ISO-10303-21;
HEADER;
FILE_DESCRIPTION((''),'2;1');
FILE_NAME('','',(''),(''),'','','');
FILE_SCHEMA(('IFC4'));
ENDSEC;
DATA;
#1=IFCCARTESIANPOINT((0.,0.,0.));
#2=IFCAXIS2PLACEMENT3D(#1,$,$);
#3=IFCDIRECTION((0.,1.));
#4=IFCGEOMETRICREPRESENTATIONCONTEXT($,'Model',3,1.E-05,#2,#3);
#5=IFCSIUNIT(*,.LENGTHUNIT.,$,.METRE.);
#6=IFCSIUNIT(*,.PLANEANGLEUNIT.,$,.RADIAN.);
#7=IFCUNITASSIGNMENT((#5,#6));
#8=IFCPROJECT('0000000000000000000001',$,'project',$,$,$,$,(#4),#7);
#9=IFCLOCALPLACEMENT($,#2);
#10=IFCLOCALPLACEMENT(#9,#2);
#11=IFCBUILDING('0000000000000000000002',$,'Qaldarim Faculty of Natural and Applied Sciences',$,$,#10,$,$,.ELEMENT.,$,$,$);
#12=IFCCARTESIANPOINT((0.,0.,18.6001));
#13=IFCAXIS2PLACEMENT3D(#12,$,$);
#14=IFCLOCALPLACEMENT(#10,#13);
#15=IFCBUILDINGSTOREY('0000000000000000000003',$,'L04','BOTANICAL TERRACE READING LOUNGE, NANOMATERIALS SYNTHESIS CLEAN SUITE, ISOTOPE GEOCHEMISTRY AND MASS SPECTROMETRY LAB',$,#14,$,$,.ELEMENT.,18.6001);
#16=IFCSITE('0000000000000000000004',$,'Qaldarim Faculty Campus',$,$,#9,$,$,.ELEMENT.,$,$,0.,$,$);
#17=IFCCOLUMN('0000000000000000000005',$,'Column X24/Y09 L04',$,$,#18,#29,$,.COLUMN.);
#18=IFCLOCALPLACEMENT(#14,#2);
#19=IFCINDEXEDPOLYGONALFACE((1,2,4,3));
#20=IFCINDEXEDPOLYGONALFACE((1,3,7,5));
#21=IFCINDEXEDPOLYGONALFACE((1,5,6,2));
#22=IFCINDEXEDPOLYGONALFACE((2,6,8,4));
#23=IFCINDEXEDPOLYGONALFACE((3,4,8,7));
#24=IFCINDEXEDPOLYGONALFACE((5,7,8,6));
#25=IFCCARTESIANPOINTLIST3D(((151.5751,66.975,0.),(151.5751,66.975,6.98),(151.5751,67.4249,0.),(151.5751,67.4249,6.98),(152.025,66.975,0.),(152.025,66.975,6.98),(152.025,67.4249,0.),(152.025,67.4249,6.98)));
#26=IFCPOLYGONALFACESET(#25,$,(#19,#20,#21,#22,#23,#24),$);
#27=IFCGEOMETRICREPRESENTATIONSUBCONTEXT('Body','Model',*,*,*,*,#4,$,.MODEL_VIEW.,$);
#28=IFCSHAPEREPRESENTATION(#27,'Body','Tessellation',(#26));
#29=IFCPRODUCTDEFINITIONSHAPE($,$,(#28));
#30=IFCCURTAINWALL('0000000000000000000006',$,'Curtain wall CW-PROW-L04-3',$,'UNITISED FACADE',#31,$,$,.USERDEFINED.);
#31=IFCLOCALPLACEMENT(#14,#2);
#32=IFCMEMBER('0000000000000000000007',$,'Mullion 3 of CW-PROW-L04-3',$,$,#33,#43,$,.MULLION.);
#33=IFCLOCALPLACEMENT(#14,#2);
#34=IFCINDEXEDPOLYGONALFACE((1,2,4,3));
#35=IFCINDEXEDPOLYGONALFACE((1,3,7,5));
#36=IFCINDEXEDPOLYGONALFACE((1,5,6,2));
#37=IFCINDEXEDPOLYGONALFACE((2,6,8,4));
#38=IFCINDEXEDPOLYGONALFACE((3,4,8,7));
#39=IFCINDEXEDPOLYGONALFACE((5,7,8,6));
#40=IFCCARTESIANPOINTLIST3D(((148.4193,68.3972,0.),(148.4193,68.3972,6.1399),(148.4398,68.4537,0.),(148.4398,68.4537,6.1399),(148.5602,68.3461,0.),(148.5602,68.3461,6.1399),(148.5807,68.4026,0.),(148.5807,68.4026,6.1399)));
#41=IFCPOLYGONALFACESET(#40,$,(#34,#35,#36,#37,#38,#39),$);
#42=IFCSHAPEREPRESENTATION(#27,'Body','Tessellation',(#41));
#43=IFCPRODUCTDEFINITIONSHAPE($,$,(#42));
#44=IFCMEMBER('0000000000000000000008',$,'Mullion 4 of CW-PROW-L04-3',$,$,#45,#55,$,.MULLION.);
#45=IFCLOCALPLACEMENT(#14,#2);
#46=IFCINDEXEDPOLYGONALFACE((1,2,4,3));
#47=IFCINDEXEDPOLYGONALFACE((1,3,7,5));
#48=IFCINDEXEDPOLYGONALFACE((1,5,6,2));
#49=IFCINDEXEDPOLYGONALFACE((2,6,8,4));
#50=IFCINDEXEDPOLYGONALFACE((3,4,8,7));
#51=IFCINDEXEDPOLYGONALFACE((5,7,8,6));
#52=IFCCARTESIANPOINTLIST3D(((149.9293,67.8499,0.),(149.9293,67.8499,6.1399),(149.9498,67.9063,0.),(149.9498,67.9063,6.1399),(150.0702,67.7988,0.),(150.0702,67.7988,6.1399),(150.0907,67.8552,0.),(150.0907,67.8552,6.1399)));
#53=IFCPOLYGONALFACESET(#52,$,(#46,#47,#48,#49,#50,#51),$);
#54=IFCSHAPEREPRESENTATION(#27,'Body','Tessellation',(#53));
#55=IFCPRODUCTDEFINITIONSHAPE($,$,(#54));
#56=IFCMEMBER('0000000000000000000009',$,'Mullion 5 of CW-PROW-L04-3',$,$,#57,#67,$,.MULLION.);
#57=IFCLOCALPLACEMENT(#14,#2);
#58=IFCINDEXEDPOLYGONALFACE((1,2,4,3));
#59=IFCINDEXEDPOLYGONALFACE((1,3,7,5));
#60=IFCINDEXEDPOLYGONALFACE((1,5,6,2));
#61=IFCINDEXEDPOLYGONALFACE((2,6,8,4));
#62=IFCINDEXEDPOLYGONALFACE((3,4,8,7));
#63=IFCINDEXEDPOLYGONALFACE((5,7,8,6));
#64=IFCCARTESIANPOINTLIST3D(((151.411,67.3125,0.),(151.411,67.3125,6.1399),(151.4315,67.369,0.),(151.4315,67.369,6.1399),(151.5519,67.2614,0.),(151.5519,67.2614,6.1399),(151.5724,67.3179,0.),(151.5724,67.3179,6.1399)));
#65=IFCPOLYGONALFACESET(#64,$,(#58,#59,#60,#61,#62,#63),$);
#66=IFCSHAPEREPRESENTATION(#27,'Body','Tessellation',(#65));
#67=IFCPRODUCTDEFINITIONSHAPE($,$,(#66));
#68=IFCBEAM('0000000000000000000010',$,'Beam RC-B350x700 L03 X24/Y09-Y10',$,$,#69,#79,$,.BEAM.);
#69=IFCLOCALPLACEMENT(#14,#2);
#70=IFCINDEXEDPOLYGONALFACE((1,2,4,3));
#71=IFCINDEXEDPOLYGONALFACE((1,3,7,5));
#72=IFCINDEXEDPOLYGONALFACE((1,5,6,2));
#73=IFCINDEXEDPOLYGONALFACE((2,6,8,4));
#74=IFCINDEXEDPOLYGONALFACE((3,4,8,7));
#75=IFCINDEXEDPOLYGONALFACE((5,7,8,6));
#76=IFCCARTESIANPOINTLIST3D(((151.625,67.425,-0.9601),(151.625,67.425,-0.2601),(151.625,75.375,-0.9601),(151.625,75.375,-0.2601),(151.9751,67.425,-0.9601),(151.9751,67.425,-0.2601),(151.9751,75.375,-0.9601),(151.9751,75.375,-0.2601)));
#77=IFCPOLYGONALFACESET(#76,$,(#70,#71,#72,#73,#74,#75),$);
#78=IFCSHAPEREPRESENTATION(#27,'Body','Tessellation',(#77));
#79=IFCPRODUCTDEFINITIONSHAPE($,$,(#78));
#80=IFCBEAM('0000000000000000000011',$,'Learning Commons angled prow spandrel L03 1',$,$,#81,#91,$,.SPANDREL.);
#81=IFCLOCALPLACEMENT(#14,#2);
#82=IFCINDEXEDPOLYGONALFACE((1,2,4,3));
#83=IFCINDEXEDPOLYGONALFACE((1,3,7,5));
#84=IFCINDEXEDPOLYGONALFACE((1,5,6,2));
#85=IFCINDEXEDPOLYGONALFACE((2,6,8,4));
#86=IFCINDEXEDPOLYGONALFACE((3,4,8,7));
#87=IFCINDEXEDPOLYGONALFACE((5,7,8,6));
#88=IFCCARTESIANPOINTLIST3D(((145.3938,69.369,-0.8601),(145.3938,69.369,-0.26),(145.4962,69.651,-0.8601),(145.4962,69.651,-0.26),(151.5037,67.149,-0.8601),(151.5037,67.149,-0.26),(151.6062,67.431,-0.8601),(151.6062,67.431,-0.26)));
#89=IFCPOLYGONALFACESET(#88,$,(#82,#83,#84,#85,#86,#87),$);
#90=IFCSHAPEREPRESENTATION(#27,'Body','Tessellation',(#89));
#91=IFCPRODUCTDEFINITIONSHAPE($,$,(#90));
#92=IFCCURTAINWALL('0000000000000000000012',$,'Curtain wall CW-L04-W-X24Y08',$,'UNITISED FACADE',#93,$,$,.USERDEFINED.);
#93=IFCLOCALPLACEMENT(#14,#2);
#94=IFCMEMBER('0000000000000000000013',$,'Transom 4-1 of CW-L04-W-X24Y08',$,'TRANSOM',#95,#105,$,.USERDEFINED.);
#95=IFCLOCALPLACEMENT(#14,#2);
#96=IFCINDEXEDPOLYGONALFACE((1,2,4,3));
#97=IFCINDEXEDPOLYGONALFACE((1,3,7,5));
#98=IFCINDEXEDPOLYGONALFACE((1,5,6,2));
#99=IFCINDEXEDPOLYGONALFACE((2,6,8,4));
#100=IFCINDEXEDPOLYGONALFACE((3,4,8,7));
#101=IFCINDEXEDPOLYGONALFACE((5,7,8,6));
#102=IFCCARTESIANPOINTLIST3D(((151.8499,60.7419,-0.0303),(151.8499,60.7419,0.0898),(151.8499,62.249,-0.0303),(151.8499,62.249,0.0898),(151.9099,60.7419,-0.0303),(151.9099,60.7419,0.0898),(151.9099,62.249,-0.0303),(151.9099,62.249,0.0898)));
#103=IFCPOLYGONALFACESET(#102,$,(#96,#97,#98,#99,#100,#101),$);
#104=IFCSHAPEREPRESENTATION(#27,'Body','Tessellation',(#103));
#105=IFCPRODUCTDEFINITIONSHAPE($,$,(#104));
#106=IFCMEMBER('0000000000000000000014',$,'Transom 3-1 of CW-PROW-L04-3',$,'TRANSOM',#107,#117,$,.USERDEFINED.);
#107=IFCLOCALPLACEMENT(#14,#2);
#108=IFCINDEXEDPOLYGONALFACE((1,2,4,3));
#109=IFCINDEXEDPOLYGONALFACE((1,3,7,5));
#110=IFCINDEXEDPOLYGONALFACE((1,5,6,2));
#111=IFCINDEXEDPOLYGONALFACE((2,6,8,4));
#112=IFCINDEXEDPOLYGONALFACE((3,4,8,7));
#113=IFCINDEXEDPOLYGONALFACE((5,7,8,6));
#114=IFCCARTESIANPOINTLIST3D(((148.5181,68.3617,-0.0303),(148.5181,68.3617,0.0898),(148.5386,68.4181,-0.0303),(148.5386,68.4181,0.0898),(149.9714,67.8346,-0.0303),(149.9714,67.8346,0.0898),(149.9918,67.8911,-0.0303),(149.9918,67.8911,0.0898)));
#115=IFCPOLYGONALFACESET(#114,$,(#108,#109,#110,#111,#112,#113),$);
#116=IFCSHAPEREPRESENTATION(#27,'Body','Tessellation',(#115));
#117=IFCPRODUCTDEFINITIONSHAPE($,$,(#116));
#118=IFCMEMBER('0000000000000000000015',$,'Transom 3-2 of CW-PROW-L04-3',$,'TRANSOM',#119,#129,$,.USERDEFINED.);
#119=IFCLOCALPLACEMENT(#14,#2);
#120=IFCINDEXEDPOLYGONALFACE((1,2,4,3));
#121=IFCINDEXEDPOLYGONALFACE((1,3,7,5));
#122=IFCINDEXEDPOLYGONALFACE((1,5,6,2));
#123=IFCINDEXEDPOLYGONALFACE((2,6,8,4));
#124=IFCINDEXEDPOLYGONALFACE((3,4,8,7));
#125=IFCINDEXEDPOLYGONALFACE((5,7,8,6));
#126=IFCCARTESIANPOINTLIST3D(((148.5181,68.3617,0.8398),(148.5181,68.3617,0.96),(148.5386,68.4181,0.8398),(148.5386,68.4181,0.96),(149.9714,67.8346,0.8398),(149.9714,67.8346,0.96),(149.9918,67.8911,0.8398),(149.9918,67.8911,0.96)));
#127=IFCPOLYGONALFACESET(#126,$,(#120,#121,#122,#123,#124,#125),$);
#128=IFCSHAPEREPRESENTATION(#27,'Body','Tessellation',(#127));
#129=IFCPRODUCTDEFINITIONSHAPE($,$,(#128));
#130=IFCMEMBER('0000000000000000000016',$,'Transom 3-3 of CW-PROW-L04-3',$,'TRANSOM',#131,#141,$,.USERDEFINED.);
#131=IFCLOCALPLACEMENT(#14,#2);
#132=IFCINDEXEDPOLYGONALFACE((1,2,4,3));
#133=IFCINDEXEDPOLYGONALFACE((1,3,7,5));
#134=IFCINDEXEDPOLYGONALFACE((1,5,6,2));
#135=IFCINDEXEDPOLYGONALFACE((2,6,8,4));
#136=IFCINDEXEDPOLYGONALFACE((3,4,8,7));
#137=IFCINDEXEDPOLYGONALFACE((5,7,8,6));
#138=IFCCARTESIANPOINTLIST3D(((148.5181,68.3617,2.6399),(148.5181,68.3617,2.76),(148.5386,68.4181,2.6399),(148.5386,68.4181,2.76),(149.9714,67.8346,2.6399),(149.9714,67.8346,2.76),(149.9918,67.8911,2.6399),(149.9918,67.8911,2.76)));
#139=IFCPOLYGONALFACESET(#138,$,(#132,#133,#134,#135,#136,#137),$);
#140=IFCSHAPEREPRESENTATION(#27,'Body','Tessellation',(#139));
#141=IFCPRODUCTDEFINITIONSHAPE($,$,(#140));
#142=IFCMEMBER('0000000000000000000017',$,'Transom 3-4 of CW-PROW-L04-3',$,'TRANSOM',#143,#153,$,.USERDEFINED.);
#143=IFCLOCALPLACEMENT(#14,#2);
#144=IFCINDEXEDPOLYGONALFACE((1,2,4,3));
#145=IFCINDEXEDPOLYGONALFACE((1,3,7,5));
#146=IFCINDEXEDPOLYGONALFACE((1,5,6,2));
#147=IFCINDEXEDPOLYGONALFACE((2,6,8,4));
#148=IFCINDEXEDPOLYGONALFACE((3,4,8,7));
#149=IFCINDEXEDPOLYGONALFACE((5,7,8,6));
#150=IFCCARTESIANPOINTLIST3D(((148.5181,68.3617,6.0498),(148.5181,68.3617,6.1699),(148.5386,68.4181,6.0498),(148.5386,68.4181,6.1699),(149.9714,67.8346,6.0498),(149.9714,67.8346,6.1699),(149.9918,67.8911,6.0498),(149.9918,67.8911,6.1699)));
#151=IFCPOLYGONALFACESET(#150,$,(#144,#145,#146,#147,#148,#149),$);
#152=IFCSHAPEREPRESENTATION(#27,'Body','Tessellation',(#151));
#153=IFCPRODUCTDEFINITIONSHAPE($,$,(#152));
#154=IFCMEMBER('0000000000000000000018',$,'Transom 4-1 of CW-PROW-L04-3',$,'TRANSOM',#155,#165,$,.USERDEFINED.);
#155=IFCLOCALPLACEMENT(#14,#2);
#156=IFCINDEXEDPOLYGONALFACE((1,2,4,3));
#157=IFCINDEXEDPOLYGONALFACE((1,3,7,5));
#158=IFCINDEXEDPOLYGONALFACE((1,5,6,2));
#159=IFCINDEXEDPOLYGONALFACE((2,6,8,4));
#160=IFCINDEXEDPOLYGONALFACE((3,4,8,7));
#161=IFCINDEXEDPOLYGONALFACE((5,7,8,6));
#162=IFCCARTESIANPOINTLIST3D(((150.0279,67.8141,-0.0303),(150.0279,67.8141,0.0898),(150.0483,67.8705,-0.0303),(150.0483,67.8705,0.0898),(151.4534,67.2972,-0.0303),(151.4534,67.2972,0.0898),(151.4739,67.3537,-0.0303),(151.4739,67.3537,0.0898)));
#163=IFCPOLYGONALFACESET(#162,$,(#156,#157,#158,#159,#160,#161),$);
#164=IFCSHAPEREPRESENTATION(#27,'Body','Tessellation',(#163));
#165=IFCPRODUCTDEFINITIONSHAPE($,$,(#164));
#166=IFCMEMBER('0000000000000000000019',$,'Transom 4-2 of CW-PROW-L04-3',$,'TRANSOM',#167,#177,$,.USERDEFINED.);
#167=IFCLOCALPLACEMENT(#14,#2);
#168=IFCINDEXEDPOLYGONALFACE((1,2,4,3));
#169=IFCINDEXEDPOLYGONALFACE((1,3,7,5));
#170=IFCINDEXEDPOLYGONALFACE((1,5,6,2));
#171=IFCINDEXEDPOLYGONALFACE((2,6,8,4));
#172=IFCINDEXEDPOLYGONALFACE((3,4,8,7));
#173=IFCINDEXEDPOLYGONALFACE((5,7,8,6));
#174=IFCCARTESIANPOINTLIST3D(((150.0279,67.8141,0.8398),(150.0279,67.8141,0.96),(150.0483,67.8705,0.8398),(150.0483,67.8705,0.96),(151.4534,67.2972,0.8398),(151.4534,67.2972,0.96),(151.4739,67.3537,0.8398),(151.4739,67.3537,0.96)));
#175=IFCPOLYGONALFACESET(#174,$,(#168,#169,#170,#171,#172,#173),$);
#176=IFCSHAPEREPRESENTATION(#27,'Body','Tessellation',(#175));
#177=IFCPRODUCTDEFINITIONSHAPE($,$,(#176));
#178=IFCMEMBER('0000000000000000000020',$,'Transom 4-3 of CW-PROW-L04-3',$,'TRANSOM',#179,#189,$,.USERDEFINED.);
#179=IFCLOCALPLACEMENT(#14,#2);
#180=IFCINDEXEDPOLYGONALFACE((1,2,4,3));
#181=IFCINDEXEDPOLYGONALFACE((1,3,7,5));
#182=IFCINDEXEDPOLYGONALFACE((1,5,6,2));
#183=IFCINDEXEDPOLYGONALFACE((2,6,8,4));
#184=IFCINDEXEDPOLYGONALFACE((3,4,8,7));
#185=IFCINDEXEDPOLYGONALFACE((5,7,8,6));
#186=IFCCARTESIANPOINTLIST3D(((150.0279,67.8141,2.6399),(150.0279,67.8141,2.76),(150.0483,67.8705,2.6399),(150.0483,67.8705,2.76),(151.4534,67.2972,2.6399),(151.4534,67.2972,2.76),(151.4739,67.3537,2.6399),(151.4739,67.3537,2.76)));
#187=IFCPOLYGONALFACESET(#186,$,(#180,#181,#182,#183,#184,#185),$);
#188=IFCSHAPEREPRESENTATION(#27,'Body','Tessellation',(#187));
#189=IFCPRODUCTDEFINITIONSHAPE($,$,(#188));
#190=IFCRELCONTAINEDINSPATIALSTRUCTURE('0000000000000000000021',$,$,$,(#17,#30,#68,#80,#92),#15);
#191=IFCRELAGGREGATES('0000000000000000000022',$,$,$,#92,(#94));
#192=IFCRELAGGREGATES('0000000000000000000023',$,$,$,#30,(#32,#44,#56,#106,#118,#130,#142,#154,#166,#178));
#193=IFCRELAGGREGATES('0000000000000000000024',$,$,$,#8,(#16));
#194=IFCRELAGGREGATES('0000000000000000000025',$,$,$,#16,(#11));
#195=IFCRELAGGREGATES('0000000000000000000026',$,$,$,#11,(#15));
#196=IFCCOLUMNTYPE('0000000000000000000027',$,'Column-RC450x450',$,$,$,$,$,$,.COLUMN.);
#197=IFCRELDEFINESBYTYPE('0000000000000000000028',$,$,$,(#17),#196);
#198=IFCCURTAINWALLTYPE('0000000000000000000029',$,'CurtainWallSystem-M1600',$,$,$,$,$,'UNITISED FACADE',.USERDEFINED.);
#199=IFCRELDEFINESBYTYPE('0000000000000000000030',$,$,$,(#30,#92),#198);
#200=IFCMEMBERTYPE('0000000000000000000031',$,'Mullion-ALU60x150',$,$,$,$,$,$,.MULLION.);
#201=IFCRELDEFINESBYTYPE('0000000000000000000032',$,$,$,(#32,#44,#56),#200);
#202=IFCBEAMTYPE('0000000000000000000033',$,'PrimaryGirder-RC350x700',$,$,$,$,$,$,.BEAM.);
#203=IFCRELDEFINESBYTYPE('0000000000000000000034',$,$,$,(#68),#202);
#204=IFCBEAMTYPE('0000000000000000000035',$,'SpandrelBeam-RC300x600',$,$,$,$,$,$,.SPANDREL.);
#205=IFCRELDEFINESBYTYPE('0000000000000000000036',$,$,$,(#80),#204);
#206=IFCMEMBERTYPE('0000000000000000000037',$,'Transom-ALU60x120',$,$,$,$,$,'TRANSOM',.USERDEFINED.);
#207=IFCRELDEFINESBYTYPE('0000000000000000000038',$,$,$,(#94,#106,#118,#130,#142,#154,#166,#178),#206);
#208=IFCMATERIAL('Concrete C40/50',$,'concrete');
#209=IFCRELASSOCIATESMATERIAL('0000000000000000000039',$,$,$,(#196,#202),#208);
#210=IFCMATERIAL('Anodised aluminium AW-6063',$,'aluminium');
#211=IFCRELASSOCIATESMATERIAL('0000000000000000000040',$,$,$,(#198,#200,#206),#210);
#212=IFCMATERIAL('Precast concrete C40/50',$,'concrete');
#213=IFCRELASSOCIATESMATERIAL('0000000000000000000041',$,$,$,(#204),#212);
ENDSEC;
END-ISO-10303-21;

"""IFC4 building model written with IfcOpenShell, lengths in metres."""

from ifc_helpers import new_model, si_unit, direction, frame, origin, origin_2d, place, context, subcontext, project, spatial, rectangle, extrude, material, material_profile, profile_set, type_object, element, aggregate, save


model = new_model("IFC4")

# Units and contexts
model_context = context("Model", 3, precision=1e-05, world=origin(), true_north=direction((0.0, 1.0)))
body_context = subcontext(model_context, "Body", "Model", "MODEL_VIEW")
ifc_project = project(units=[si_unit("LENGTHUNIT", "METRE"), si_unit("PLANEANGLEUNIT", "RADIAN")], contexts=[model_context])

# Site, building, storey
site_placement = place(None, origin())
site = spatial("IfcSite", under=ifc_project, at=site_placement, Name="Qaldarim Faculty Campus", CompositionType="ELEMENT", RefElevation=0.0)
building_placement = place(site_placement, origin())
building = spatial("IfcBuilding", under=site, at=building_placement, Name="Qaldarim Faculty of Natural and Applied Sciences", CompositionType="ELEMENT")
storey_placement = place(building_placement, frame((0.0, 0.0, 18.6001)))
storey = spatial("IfcBuildingStorey", under=building, at=storey_placement, Name="L04", Description="BOTANICAL TERRACE READING LOUNGE, NANOMATERIALS SYNTHESIS CLEAN SUITE, ISOTOPE GEOCHEMISTRY AND MASS SPECTROMETRY LAB", CompositionType="ELEMENT", Elevation=18.6001)

# Column
ifc_material_1 = material(Name="Concrete C40/50", Category="concrete")
ifc_material_profile_1 = material_profile(ifc_material_1, rectangle(XDim=0.45, YDim=0.45, at=origin_2d()), Name="RC-C450x450")
ifc_profile_set_1 = profile_set([ifc_material_profile_1], Name="Concrete C40/50")
column_type = type_object("IfcColumnType", Name="Column-RC450x450", PredefinedType="COLUMN", material=ifc_profile_set_1)
column_placement = place(storey_placement, frame((151.8, 67.2, 0.0), z_axis=(0.0, 0.0, 1.0), x_axis=(1.0, 0.0, 0.0)))
element("IfcColumn", 1, at=column_placement, inside=storey, type_object=column_type, Name="Column X24/Y09 L04", PredefinedType="COLUMN", context=body_context, shape_type="SweptSolid", body=[
    extrude(rectangle(XDim=0.45, YDim=0.45, at=origin_2d()), origin(), (0.0, 0.0, 1.0), 6.98),
])

# Curtain wall, members
ifc_material_2 = material(Name="Anodised aluminium AW-6063", Category="aluminium")
curtain_wall_type = type_object("IfcCurtainWallType", Name="CurtainWallSystem-M1600", ElementType="UNITISED FACADE", PredefinedType="USERDEFINED", material=ifc_material_2)
curtain_wall_1_placement = place(storey_placement, origin())
curtain_wall_1 = element("IfcCurtainWall", 2, at=curtain_wall_1_placement, inside=storey, type_object=curtain_wall_type, Name="Curtain wall CW-PROW-L04-3", ObjectType="UNITISED FACADE", PredefinedType="USERDEFINED")
ifc_material_profile_2 = material_profile(ifc_material_2, rectangle(XDim=0.0601, YDim=0.1499, at=origin_2d()), Name="ALU-M60x150")
ifc_profile_set_2 = profile_set([ifc_material_profile_2], Name="Anodised aluminium AW-6063")
member_type_1 = type_object("IfcMemberType", Name="Mullion-ALU60x150", PredefinedType="MULLION", material=ifc_profile_set_2)
member_1_placement = place(storey_placement, frame((148.5, 68.3999, 0.0), z_axis=(0.0, 0.0, 1.0), x_axis=(0.340872, 0.94011, 0.0)))
member_1 = element("IfcMember", 3, at=member_1_placement, type_object=member_type_1, Name="Mullion 3 of CW-PROW-L04-3", PredefinedType="MULLION", context=body_context, shape_type="SweptSolid", body=[
    extrude(rectangle(XDim=0.0601, YDim=0.1499, at=origin_2d()), origin(), (0.0, 0.0, 1.0), 6.1399),
])
member_2_placement = place(storey_placement, frame((150.01, 67.8525, 0.0), z_axis=(0.0, 0.0, 1.0), x_axis=(0.340872, 0.94011, 0.0)))
member_2 = element("IfcMember", 4, at=member_2_placement, type_object=member_type_1, Name="Mullion 4 of CW-PROW-L04-3", PredefinedType="MULLION", context=body_context, shape_type="SweptSolid", body=[
    extrude(rectangle(XDim=0.0601, YDim=0.1499, at=origin_2d()), origin(), (0.0, 0.0, 1.0), 6.1399),
])
member_3_placement = place(storey_placement, frame((151.4917, 67.3152, 0.0), z_axis=(0.0, 0.0, 1.0), x_axis=(0.340872, 0.94011, 0.0)))
member_3 = element("IfcMember", 5, at=member_3_placement, type_object=member_type_1, Name="Mullion 5 of CW-PROW-L04-3", PredefinedType="MULLION", context=body_context, shape_type="SweptSolid", body=[
    extrude(rectangle(XDim=0.0601, YDim=0.1499, at=origin_2d()), origin(), (0.0, 0.0, 1.0), 6.1399),
])

# Beams
ifc_material_profile_3 = material_profile(ifc_material_1, rectangle(XDim=0.3501, YDim=0.7, at=origin_2d()), Name="RC-B350x700")
ifc_profile_set_3 = profile_set([ifc_material_profile_3], Name="Concrete C40/50")
beam_type_1 = type_object("IfcBeamType", Name="PrimaryGirder-RC350x700", PredefinedType="BEAM", material=ifc_profile_set_3)
beam_1_placement = place(storey_placement, frame((151.8, 67.425, -0.6101), z_axis=(0.0, 1.0, 0.0), x_axis=(-1.0, 0.0, 0.0)))
element("IfcBeam", 6, at=beam_1_placement, inside=storey, type_object=beam_type_1, Name="Beam RC-B350x700 L03 X24/Y09-Y10", PredefinedType="BEAM", context=body_context, shape_type="SweptSolid", body=[
    extrude(rectangle(XDim=0.3501, YDim=0.7, at=origin_2d()), origin(), (0.0, 0.0, 1.0), 7.95),
])
ifc_material_3 = material(Name="Precast concrete C40/50", Category="concrete")
ifc_material_profile_4 = material_profile(ifc_material_3, rectangle(XDim=0.3, YDim=0.6001, at=origin_2d()), Name="RC-SP300x600")
ifc_profile_set_4 = profile_set([ifc_material_profile_4], Name="Precast concrete C40/50")
beam_type_2 = type_object("IfcBeamType", Name="SpandrelBeam-RC300x600", PredefinedType="SPANDREL", material=ifc_profile_set_4)
beam_2_placement = place(storey_placement, frame((151.5549, 67.29, -0.5601), z_axis=(-0.939882, 0.341499, 0.0), x_axis=(-0.341499, -0.939882, 0.0)))
element("IfcBeam", 7, at=beam_2_placement, inside=storey, type_object=beam_type_2, Name="Learning Commons angled prow spandrel L03 1", PredefinedType="SPANDREL", context=body_context, shape_type="SweptSolid", body=[
    extrude(rectangle(XDim=0.3, YDim=0.6001, at=origin_2d()), origin(), (0.0, 0.0, 1.0), 6.5007),
])

# Curtain wall, member
curtain_wall_2_placement = place(storey_placement, origin())
curtain_wall_2 = element("IfcCurtainWall", 8, at=curtain_wall_2_placement, inside=storey, type_object=curtain_wall_type, Name="Curtain wall CW-L04-W-X24Y08", ObjectType="UNITISED FACADE", PredefinedType="USERDEFINED")
ifc_material_profile_5 = material_profile(ifc_material_2, rectangle(XDim=0.0601, YDim=0.1201, at=origin_2d()), Name="ALU-T60x120")
ifc_profile_set_5 = profile_set([ifc_material_profile_5], Name="Anodised aluminium AW-6063")
member_type_2 = type_object("IfcMemberType", Name="Transom-ALU60x120", ElementType="TRANSOM", PredefinedType="USERDEFINED", material=ifc_profile_set_5)
member_4_placement = place(storey_placement, frame((151.8799, 62.249, 0.0298), z_axis=(0.0, -1.0, 0.0), x_axis=(1.0, 0.0, 0.0)))
member_4 = element("IfcMember", 9, at=member_4_placement, type_object=member_type_2, Name="Transom 4-1 of CW-L04-W-X24Y08", ObjectType="TRANSOM", PredefinedType="USERDEFINED", context=body_context, shape_type="SweptSolid", body=[
    extrude(rectangle(XDim=0.0601, YDim=0.1201, at=origin_2d()), origin(), (0.0, 0.0, 1.0), 1.5071),
])
aggregate(curtain_wall_2, [member_4])

# Members
member_5_placement = place(storey_placement, frame((148.5283, 68.3899, 0.0298), z_axis=(0.940084, -0.340944, 0.0), x_axis=(0.340944, 0.940084, 0.0)))
member_5 = element("IfcMember", 10, at=member_5_placement, type_object=member_type_2, Name="Transom 3-1 of CW-PROW-L04-3", ObjectType="TRANSOM", PredefinedType="USERDEFINED", context=body_context, shape_type="SweptSolid", body=[
    extrude(rectangle(XDim=0.0601, YDim=0.1201, at=origin_2d()), origin(), (0.0, 0.0, 1.0), 1.5459),
])
member_6_placement = place(storey_placement, frame((148.5283, 68.3899, 0.8999), z_axis=(0.940084, -0.340944, 0.0), x_axis=(0.340944, 0.940084, 0.0)))
member_6 = element("IfcMember", 11, at=member_6_placement, type_object=member_type_2, Name="Transom 3-2 of CW-PROW-L04-3", ObjectType="TRANSOM", PredefinedType="USERDEFINED", context=body_context, shape_type="SweptSolid", body=[
    extrude(rectangle(XDim=0.0601, YDim=0.1201, at=origin_2d()), origin(), (0.0, 0.0, 1.0), 1.5459),
])
member_7_placement = place(storey_placement, frame((148.5283, 68.3899, 2.7), z_axis=(0.940084, -0.340944, 0.0), x_axis=(0.340944, 0.940084, 0.0)))
member_7 = element("IfcMember", 12, at=member_7_placement, type_object=member_type_2, Name="Transom 3-3 of CW-PROW-L04-3", ObjectType="TRANSOM", PredefinedType="USERDEFINED", context=body_context, shape_type="SweptSolid", body=[
    extrude(rectangle(XDim=0.0601, YDim=0.1201, at=origin_2d()), origin(), (0.0, 0.0, 1.0), 1.5459),
])
member_8_placement = place(storey_placement, frame((148.5283, 68.3899, 6.1099), z_axis=(0.940084, -0.340944, 0.0), x_axis=(0.340944, 0.940084, 0.0)))
member_8 = element("IfcMember", 13, at=member_8_placement, type_object=member_type_2, Name="Transom 3-4 of CW-PROW-L04-3", ObjectType="TRANSOM", PredefinedType="USERDEFINED", context=body_context, shape_type="SweptSolid", body=[
    extrude(rectangle(XDim=0.0601, YDim=0.1201, at=origin_2d()), origin(), (0.0, 0.0, 1.0), 1.5459),
])
member_9_placement = place(storey_placement, frame((150.0381, 67.8423, 0.0298), z_axis=(0.940117, -0.340851, 0.0), x_axis=(0.340851, 0.940117, 0.0)))
member_9 = element("IfcMember", 14, at=member_9_placement, type_object=member_type_2, Name="Transom 4-1 of CW-PROW-L04-3", ObjectType="TRANSOM", PredefinedType="USERDEFINED", context=body_context, shape_type="SweptSolid", body=[
    extrude(rectangle(XDim=0.0601, YDim=0.1201, at=origin_2d()), origin(), (0.0, 0.0, 1.0), 1.5164),
])
member_10_placement = place(storey_placement, frame((150.0381, 67.8423, 0.8999), z_axis=(0.940117, -0.340851, 0.0), x_axis=(0.340851, 0.940117, 0.0)))
member_10 = element("IfcMember", 15, at=member_10_placement, type_object=member_type_2, Name="Transom 4-2 of CW-PROW-L04-3", ObjectType="TRANSOM", PredefinedType="USERDEFINED", context=body_context, shape_type="SweptSolid", body=[
    extrude(rectangle(XDim=0.0601, YDim=0.1201, at=origin_2d()), origin(), (0.0, 0.0, 1.0), 1.5164),
])
member_11_placement = place(storey_placement, frame((150.0381, 67.8423, 2.7), z_axis=(0.940117, -0.340851, 0.0), x_axis=(0.340851, 0.940117, 0.0)))
member_11 = element("IfcMember", 16, at=member_11_placement, type_object=member_type_2, Name="Transom 4-3 of CW-PROW-L04-3", ObjectType="TRANSOM", PredefinedType="USERDEFINED", context=body_context, shape_type="SweptSolid", body=[
    extrude(rectangle(XDim=0.0601, YDim=0.1201, at=origin_2d()), origin(), (0.0, 0.0, 1.0), 1.5164),
])

aggregate(curtain_wall_1, [member_1, member_2, member_3, member_5, member_6, member_7, member_8, member_9, member_10, member_11])

save(model, "model.ifc")
